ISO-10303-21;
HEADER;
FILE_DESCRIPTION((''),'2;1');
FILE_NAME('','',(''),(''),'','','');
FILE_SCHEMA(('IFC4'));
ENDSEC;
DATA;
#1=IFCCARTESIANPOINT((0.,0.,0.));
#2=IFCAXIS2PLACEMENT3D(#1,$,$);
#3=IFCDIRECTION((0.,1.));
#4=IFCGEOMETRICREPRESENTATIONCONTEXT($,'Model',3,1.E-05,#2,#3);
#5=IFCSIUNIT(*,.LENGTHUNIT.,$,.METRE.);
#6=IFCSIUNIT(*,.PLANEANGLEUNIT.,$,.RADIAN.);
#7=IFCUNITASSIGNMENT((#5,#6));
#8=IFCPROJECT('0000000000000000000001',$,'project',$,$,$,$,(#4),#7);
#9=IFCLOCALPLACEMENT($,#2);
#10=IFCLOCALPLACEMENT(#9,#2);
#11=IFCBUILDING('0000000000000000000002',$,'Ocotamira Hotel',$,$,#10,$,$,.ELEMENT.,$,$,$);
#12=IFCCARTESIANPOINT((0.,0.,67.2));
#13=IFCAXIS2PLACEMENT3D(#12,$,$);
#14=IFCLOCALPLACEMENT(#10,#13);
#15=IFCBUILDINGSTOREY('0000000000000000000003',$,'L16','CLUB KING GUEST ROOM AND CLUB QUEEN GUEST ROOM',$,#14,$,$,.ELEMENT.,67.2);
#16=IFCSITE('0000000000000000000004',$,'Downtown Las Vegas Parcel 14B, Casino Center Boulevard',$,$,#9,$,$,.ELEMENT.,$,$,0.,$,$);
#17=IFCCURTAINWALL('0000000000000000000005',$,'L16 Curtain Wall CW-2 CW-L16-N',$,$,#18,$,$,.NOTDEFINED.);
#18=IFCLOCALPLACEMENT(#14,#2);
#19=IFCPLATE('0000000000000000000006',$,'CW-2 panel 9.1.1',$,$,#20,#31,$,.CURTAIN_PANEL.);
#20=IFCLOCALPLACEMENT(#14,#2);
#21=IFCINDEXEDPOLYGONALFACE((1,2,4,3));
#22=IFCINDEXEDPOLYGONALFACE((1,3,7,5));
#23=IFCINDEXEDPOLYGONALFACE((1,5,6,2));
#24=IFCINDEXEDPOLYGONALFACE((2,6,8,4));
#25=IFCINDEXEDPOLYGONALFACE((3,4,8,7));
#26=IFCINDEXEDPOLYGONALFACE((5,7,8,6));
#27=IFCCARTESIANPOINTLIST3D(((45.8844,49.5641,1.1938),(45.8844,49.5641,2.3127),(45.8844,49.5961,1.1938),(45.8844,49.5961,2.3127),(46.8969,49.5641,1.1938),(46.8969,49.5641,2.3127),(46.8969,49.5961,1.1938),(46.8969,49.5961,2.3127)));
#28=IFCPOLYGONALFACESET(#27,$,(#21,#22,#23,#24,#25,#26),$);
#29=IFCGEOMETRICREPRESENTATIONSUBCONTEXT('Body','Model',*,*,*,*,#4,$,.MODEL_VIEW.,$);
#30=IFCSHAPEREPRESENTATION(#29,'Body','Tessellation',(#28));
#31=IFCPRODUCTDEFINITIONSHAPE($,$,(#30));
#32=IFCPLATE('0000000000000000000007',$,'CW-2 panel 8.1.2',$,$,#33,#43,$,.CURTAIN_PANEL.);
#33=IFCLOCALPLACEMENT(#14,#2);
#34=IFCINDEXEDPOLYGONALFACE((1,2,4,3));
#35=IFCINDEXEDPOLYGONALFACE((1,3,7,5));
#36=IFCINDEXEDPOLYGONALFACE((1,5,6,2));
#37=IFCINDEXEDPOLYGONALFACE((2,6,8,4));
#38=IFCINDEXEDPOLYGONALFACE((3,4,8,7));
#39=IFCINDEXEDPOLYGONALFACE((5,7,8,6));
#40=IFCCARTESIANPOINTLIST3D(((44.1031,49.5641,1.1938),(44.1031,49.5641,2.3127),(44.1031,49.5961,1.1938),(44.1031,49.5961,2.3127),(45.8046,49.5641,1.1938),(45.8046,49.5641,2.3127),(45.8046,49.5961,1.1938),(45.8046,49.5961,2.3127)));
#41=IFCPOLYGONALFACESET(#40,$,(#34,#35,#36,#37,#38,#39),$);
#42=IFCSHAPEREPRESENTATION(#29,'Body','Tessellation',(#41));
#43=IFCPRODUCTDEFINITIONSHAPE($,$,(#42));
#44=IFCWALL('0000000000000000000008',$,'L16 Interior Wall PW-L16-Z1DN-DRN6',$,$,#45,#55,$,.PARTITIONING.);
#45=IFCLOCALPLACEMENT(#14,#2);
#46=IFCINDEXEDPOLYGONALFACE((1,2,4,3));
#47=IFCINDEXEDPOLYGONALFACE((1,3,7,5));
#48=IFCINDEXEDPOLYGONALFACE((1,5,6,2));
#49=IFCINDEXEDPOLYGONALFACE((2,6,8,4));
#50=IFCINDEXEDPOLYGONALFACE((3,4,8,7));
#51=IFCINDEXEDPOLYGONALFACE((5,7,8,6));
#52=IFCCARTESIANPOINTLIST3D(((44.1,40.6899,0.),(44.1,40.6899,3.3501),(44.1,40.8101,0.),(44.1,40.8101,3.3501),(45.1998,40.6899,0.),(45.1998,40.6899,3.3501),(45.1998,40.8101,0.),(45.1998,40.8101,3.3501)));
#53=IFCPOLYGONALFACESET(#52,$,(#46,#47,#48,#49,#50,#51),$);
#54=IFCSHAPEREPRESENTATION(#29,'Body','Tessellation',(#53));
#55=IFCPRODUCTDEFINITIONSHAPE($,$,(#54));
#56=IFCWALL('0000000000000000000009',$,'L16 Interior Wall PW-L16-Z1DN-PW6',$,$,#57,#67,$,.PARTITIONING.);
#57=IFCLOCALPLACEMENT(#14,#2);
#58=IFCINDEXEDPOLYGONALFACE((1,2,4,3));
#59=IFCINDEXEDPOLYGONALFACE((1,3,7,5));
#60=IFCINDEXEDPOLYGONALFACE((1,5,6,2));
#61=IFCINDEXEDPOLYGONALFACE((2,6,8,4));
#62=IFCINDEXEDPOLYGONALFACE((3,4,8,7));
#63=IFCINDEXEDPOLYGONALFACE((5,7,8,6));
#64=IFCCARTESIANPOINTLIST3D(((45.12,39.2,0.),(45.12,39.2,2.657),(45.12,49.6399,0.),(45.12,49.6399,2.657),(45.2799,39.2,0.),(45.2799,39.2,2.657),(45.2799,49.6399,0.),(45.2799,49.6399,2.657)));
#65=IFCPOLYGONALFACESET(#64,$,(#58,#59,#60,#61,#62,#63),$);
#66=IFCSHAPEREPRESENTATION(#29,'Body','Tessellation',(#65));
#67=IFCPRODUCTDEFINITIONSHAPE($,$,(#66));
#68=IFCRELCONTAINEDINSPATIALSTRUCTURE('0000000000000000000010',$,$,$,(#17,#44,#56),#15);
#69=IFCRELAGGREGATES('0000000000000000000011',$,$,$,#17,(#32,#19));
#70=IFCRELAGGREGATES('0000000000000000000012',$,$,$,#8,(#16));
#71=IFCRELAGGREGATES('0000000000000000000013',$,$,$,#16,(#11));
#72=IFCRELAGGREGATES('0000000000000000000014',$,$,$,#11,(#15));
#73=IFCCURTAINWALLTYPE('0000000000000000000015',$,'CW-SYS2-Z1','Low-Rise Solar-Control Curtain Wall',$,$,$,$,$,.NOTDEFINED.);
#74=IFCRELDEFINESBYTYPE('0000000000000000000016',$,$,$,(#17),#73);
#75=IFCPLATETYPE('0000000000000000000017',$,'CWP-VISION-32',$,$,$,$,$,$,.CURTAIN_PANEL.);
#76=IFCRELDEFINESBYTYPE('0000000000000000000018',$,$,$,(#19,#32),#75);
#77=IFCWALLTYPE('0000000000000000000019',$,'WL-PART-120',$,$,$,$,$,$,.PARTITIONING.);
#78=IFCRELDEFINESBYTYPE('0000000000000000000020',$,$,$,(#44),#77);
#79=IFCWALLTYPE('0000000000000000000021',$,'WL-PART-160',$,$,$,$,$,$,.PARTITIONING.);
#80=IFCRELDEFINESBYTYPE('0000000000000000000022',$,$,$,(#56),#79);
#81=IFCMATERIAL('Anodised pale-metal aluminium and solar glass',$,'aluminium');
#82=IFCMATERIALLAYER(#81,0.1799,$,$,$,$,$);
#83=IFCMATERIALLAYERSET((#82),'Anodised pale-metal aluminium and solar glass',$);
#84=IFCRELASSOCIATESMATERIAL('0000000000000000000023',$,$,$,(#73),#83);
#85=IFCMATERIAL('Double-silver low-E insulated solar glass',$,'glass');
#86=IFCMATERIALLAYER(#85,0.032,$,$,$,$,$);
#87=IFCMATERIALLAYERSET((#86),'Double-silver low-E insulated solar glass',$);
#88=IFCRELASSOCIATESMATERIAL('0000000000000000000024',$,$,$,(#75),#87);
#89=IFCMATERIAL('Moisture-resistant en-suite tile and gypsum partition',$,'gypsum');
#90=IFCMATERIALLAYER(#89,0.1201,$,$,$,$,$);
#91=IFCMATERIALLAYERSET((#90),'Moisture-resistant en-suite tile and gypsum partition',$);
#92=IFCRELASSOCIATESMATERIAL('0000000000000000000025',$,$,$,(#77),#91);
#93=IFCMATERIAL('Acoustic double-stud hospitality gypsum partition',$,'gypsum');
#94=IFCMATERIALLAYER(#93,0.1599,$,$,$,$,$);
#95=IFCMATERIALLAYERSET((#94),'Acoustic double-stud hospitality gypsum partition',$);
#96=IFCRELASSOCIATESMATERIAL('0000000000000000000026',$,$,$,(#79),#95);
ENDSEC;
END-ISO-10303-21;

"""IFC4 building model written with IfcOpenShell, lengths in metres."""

from ifc_helpers import new_model, si_unit, direction, frame, frame_2d, origin, origin_2d, place, context, subcontext, project, spatial, rectangle, extrude, source, transform, mapped, material, layer, layer_set, type_object, element, aggregate, save


model = new_model("IFC4")

# Units and contexts
model_context = context("Model", 3, precision=1e-05, world=origin(), true_north=direction((0.0, 1.0)))
body_context = subcontext(model_context, "Body", "Model", "MODEL_VIEW")
ifc_project = project(units=[si_unit("LENGTHUNIT", "METRE"), si_unit("PLANEANGLEUNIT", "RADIAN")], contexts=[model_context])

# Site, building, storey
site_placement = place(None, origin())
site = spatial("IfcSite", under=ifc_project, at=site_placement, Name="Downtown Las Vegas Parcel 14B, Casino Center Boulevard", CompositionType="ELEMENT", RefElevation=0.0)
building_placement = place(site_placement, origin())
building = spatial("IfcBuilding", under=site, at=building_placement, Name="Ocotamira Hotel", CompositionType="ELEMENT")
storey_placement = place(building_placement, frame((0.0, 0.0, 67.2)))
storey = spatial("IfcBuildingStorey", under=building, at=storey_placement, Name="L16", Description="CLUB KING GUEST ROOM AND CLUB QUEEN GUEST ROOM", CompositionType="ELEMENT", Elevation=67.2)

# Curtain wall, plates
ifc_material_1 = material(Name="Anodised pale-metal aluminium and solar glass", Category="aluminium")
ifc_layer_1 = layer(ifc_material_1, 0.1799)
ifc_layer_set_1 = layer_set([ifc_layer_1], Name="Anodised pale-metal aluminium and solar glass")
curtain_wall_type = type_object("IfcCurtainWallType", Name="CW-SYS2-Z1", Description="Low-Rise Solar-Control Curtain Wall", PredefinedType="NOTDEFINED", material=ifc_layer_set_1)
curtain_wall_placement = place(storey_placement, origin())
curtain_wall = element("IfcCurtainWall", 1, at=curtain_wall_placement, inside=storey, type_object=curtain_wall_type, Name="L16 Curtain Wall CW-2 CW-L16-N", PredefinedType="NOTDEFINED")
ifc_material_2 = material(Name="Double-silver low-E insulated solar glass", Category="glass")
ifc_layer_2 = layer(ifc_material_2, 0.032)
ifc_layer_set_2 = layer_set([ifc_layer_2], Name="Double-silver low-E insulated solar glass")
plate_type = type_object("IfcPlateType", Name="CWP-VISION-32", PredefinedType="CURTAIN_PANEL", material=ifc_layer_set_2)
shared_shape_1 = source(origin(), body_context, "Body", "SweptSolid", [
    extrude(rectangle(XDim=1.0125, YDim=0.032, at=origin_2d()), origin(), (0.0, 0.0, 1.0), 1.1189),
])
plate_1_placement = place(storey_placement, frame((46.3906, 49.5801, 1.1938), z_axis=(0.0, 0.0, 1.0), x_axis=(1.0, 0.0, 0.0)))
plate_1 = element("IfcPlate", 2, at=plate_1_placement, type_object=plate_type, Name="CW-2 panel 9.1.1", PredefinedType="CURTAIN_PANEL", context=body_context, shape_type="MappedRepresentation", body=[
    mapped(shared_shape_1, transform((0.0, 0.0, 0.0), scale=1.0)),
])
shared_shape_2 = source(origin(), body_context, "Body", "SweptSolid", [
    extrude(rectangle(XDim=1.7014, YDim=0.032, at=origin_2d()), origin(), (0.0, 0.0, 1.0), 1.1189),
])
plate_2_placement = place(storey_placement, frame((44.9539, 49.5801, 1.1938), z_axis=(0.0, 0.0, 1.0), x_axis=(1.0, 0.0, 0.0)))
plate_2 = element("IfcPlate", 3, at=plate_2_placement, type_object=plate_type, Name="CW-2 panel 8.1.2", PredefinedType="CURTAIN_PANEL", context=body_context, shape_type="MappedRepresentation", body=[
    mapped(shared_shape_2, transform((0.0, 0.0, 0.0), scale=1.0)),
])
aggregate(curtain_wall, [plate_2, plate_1])

# Walls
ifc_material_3 = material(Name="Moisture-resistant en-suite tile and gypsum partition", Category="gypsum")
ifc_layer_3 = layer(ifc_material_3, 0.1201)
ifc_layer_set_3 = layer_set([ifc_layer_3], Name="Moisture-resistant en-suite tile and gypsum partition")
wall_type_1 = type_object("IfcWallType", Name="WL-PART-120", PredefinedType="PARTITIONING", material=ifc_layer_set_3)
wall_1_placement = place(storey_placement, frame((44.1001, 40.75, 0.0), z_axis=(0.0, 0.0, 1.0), x_axis=(1.0, 0.0, 0.0)))
element("IfcWall", 4, at=wall_1_placement, inside=storey, type_object=wall_type_1, Name="L16 Interior Wall PW-L16-Z1DN-DRN6", PredefinedType="PARTITIONING", context=body_context, shape_type="SweptSolid", body=[
    extrude(rectangle(XDim=1.0999, YDim=0.1201, at=frame_2d((0.5498, 0.0))), origin(), (0.0, 0.0, 1.0), 3.3501),
])
ifc_material_4 = material(Name="Acoustic double-stud hospitality gypsum partition", Category="gypsum")
ifc_layer_4 = layer(ifc_material_4, 0.1599)
ifc_layer_set_4 = layer_set([ifc_layer_4], Name="Acoustic double-stud hospitality gypsum partition")
wall_type_2 = type_object("IfcWallType", Name="WL-PART-160", PredefinedType="PARTITIONING", material=ifc_layer_set_4)
wall_2_placement = place(storey_placement, frame((45.2, 39.2, 0.0), z_axis=(0.0, 0.0, 1.0), x_axis=(0.0, 1.0, 0.0)))
element("IfcWall", 5, at=wall_2_placement, inside=storey, type_object=wall_type_2, Name="L16 Interior Wall PW-L16-Z1DN-PW6", PredefinedType="PARTITIONING", context=body_context, shape_type="SweptSolid", body=[
    extrude(rectangle(XDim=10.4399, YDim=0.1599, at=frame_2d((5.22, 0.0))), origin(), (0.0, 0.0, 1.0), 2.657),
])

save(model, "model.ifc")
